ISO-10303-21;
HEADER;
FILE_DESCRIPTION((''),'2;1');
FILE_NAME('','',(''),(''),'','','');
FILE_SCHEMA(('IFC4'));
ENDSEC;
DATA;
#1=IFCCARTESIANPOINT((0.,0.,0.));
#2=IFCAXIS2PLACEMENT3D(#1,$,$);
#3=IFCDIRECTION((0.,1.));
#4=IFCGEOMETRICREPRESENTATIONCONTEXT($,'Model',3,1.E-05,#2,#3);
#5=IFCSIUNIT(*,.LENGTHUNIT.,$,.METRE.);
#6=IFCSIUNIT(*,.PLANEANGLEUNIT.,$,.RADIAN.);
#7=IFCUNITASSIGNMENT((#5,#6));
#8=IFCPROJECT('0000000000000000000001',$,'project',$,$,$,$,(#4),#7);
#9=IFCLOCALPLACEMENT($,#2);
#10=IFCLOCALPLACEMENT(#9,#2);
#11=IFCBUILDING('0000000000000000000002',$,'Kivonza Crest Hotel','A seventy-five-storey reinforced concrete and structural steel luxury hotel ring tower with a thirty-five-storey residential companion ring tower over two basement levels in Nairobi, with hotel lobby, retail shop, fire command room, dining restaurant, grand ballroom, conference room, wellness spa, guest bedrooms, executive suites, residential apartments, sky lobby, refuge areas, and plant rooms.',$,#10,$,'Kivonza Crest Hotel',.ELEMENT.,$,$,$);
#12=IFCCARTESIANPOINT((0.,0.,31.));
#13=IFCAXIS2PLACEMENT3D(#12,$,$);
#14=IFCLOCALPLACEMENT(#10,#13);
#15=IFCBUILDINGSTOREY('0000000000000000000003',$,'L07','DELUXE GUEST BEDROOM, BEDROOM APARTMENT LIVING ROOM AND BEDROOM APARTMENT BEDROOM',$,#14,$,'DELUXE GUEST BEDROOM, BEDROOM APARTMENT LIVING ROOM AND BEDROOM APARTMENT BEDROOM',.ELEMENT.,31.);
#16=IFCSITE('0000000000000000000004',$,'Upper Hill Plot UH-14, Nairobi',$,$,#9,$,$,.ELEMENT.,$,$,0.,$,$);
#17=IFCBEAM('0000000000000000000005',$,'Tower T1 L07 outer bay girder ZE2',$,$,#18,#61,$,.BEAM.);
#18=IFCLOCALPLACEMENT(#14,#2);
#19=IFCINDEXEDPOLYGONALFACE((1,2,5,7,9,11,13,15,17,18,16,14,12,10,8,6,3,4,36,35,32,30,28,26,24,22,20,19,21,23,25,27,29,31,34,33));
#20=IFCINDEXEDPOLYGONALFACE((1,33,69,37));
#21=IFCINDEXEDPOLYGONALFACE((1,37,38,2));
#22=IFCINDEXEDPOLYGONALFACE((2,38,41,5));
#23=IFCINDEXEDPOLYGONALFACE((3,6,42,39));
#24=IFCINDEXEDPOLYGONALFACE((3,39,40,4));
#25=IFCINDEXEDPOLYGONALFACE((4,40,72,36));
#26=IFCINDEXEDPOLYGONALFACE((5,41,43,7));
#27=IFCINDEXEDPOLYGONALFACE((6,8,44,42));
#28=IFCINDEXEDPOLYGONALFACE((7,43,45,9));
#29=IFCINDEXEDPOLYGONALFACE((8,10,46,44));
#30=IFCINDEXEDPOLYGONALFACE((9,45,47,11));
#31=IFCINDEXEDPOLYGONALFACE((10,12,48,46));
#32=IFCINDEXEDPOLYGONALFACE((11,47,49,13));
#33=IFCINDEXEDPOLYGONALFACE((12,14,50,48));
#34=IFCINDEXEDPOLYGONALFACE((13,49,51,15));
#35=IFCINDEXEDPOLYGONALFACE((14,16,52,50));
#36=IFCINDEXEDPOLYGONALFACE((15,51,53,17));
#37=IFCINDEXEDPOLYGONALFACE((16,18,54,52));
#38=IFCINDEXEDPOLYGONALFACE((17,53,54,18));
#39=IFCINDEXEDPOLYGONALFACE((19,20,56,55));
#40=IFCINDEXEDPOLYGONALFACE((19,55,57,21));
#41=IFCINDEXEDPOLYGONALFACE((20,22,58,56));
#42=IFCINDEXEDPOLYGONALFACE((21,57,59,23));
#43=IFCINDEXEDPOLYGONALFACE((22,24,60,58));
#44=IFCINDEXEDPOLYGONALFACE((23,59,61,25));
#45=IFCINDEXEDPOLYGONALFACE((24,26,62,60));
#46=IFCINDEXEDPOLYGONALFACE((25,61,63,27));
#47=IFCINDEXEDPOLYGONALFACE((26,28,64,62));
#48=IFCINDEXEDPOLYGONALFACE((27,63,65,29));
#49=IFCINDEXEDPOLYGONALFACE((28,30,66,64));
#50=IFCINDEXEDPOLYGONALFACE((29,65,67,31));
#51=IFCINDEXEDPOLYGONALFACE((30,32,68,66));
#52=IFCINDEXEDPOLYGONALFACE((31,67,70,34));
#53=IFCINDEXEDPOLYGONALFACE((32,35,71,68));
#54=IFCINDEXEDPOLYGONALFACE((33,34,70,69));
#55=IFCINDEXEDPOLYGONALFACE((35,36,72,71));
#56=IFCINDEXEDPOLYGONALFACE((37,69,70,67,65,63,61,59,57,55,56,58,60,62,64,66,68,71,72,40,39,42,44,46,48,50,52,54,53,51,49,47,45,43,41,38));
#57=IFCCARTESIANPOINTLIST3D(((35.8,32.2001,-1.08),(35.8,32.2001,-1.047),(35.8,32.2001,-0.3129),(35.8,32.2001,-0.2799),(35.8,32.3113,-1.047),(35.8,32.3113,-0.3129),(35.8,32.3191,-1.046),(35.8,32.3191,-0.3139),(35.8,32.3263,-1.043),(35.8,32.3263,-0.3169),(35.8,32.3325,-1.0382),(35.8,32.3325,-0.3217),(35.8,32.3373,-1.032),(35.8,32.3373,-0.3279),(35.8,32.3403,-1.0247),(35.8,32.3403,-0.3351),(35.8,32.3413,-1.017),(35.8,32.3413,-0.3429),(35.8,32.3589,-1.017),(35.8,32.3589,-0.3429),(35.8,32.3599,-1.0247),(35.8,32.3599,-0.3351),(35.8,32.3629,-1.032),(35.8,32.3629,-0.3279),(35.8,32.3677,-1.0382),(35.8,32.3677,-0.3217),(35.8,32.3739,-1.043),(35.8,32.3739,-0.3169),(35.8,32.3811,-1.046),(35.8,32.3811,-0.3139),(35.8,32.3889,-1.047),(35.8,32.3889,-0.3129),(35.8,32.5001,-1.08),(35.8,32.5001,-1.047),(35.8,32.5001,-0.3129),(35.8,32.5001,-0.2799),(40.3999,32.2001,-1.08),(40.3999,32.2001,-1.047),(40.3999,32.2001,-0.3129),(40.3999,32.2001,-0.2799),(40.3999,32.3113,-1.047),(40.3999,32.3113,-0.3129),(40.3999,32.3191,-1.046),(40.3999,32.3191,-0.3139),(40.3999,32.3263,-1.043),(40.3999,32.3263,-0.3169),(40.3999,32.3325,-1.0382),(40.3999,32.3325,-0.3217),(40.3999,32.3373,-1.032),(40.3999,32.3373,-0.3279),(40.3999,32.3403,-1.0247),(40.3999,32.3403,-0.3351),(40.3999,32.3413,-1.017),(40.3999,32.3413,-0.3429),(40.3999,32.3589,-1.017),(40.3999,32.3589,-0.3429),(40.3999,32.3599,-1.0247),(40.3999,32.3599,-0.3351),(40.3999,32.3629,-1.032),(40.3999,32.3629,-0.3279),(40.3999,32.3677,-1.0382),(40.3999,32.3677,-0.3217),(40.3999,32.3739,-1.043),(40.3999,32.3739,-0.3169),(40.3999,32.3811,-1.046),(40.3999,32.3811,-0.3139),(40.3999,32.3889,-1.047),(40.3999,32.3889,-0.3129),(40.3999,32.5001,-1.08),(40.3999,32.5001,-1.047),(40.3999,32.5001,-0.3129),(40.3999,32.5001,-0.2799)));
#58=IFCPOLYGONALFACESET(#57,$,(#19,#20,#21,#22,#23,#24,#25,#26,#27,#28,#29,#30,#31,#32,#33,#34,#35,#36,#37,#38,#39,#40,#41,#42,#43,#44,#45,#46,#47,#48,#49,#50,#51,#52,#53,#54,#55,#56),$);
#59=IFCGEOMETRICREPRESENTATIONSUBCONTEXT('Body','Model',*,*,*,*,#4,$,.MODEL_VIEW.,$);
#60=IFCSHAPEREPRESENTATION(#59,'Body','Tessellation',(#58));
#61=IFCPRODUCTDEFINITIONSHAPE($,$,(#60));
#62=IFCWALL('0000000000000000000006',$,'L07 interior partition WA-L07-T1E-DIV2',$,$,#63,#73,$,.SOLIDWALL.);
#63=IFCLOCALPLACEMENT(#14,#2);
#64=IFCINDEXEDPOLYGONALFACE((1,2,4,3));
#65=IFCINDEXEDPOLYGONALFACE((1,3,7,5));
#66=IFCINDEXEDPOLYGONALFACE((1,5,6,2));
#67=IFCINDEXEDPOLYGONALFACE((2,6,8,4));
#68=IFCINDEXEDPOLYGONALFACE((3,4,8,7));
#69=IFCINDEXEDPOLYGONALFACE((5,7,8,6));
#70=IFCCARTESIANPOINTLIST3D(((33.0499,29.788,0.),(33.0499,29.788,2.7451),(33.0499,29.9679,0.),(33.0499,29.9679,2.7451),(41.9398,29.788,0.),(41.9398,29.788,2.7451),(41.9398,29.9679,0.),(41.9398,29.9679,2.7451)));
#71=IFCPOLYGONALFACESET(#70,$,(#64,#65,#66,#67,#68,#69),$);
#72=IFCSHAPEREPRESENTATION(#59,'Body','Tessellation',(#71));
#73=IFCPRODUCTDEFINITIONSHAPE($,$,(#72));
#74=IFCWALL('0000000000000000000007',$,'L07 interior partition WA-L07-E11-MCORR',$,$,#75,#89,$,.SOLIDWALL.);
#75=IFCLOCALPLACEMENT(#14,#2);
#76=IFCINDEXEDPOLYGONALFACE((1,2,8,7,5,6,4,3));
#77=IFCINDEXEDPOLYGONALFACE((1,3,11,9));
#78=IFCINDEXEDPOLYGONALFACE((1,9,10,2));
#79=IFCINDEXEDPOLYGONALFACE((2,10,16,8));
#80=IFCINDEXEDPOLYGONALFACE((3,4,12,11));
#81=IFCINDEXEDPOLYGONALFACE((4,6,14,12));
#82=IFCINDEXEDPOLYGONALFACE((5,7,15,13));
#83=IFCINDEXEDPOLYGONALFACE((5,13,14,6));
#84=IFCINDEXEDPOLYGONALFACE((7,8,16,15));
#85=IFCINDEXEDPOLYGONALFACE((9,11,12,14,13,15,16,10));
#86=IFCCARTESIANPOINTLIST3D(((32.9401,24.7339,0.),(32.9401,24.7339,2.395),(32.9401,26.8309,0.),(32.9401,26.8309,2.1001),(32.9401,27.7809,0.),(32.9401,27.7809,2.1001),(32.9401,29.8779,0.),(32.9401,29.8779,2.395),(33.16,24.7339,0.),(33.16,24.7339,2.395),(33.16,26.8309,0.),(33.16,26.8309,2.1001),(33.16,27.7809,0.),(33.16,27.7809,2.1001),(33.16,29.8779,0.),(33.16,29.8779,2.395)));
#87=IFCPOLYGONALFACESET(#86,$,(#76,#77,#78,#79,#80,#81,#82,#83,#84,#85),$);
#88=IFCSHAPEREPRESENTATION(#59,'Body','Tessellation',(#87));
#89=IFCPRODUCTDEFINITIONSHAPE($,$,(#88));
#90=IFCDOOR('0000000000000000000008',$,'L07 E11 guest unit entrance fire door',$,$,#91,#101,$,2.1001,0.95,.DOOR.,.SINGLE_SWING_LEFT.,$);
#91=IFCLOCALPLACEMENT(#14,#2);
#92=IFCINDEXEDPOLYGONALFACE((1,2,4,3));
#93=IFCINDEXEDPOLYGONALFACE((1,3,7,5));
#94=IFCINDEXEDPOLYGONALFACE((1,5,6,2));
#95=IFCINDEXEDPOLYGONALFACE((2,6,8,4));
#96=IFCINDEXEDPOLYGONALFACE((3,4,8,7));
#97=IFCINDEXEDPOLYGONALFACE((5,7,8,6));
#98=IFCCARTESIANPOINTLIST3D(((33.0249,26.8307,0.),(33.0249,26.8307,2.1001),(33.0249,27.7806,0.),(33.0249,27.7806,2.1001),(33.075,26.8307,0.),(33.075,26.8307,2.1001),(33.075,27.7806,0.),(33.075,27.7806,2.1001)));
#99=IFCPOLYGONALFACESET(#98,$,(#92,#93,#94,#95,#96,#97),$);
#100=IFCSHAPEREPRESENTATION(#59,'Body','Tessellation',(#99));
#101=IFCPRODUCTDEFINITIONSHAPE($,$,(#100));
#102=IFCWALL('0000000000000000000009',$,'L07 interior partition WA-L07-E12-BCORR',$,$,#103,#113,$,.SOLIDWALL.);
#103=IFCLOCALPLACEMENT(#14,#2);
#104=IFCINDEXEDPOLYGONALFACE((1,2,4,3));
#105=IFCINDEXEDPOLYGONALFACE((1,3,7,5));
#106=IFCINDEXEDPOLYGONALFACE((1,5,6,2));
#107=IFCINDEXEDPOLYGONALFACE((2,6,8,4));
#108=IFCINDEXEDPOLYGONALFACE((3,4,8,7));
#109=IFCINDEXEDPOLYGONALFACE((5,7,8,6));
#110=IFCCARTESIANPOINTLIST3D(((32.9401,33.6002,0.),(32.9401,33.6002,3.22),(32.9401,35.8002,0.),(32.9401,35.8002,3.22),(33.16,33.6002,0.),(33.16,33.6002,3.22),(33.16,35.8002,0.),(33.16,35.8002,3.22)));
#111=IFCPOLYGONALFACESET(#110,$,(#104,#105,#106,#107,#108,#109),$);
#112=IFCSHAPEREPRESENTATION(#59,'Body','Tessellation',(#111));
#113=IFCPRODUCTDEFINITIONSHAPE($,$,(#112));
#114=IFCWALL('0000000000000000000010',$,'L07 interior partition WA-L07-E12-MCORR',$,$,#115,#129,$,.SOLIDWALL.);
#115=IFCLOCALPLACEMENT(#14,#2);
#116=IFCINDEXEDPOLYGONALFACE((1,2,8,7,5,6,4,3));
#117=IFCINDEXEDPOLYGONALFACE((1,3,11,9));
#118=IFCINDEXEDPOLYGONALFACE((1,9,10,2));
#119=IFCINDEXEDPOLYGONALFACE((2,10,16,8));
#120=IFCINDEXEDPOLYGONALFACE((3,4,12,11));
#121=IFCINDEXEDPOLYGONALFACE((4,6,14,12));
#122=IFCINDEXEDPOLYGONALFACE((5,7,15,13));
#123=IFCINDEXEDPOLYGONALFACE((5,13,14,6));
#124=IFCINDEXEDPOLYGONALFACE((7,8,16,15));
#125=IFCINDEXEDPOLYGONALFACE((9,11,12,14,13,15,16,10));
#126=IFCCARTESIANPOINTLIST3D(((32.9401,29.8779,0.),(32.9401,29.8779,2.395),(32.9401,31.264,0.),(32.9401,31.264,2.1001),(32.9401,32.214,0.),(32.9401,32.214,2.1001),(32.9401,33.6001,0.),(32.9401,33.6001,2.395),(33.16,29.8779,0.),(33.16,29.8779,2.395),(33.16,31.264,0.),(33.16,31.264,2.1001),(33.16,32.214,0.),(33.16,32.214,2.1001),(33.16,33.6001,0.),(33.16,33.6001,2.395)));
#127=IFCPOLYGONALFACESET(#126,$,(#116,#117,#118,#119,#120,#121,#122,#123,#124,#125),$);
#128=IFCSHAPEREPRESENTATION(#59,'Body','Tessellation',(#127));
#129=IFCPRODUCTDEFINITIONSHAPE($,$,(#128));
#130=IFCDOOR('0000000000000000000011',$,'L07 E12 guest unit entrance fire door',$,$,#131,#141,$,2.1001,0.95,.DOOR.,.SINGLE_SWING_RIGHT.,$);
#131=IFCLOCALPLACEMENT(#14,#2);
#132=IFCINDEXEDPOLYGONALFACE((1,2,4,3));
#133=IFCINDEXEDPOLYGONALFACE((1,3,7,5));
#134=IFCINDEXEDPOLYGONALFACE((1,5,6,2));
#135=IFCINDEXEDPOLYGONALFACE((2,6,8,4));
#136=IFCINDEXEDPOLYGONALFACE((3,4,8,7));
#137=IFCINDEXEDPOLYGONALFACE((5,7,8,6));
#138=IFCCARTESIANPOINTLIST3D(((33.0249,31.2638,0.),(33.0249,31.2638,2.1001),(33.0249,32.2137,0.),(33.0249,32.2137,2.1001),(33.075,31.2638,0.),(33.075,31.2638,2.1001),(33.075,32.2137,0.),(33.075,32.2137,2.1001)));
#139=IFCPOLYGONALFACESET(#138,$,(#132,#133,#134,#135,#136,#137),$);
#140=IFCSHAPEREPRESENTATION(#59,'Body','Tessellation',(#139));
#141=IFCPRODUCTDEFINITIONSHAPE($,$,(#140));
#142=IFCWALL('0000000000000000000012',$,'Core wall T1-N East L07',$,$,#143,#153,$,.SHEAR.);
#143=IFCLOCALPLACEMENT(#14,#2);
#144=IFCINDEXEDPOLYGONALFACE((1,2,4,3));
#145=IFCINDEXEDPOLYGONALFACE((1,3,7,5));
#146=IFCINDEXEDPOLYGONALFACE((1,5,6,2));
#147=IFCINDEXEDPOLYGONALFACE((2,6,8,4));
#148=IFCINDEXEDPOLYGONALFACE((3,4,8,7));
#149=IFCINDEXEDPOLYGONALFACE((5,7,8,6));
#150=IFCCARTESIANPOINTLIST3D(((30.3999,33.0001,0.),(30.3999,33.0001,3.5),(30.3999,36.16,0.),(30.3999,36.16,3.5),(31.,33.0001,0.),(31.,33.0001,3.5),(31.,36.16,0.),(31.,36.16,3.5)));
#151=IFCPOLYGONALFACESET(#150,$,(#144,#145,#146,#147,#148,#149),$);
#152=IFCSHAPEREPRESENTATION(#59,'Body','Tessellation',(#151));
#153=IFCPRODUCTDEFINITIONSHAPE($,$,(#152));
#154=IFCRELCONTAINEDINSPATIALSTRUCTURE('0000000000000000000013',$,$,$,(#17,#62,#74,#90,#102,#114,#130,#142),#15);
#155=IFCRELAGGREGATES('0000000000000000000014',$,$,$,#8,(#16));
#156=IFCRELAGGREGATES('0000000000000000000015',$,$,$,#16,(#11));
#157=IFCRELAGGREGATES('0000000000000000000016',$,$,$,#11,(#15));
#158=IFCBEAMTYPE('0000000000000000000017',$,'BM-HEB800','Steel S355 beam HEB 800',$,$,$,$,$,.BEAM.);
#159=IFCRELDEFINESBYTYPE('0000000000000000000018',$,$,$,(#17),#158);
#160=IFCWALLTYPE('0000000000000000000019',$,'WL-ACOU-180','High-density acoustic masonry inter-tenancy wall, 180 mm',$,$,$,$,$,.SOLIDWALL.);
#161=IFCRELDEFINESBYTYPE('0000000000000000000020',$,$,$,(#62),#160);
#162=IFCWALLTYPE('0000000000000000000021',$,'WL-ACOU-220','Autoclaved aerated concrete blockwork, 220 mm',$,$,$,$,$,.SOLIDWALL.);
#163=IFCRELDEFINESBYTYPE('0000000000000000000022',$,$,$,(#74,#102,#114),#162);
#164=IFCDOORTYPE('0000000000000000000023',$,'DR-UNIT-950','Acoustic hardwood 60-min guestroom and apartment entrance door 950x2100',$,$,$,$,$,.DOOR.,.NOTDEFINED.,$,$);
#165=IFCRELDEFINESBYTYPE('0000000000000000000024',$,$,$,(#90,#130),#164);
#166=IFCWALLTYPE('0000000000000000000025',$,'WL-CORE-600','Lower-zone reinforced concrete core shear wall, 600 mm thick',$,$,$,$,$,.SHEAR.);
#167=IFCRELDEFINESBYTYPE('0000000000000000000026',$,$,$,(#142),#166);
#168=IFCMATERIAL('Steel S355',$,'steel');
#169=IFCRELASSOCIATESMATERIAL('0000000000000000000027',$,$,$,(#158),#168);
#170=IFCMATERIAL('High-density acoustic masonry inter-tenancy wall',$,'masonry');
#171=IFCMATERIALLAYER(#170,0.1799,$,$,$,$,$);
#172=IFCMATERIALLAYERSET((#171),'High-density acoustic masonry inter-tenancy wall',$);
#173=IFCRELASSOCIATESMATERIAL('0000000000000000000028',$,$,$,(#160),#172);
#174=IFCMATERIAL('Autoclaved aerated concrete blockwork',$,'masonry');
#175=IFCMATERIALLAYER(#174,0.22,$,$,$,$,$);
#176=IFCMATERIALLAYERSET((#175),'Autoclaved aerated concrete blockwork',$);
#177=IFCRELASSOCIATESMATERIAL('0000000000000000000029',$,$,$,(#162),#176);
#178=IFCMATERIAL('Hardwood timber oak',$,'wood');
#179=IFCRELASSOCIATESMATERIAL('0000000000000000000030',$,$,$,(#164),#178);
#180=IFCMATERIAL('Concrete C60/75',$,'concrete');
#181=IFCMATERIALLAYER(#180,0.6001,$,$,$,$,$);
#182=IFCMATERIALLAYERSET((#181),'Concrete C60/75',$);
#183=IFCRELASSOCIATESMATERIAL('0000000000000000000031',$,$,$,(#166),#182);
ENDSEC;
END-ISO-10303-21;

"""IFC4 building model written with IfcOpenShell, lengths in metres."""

from ifc_helpers import new_model, si_unit, direction, frame, frame_2d, origin, origin_2d, place, context, subcontext, project, spatial, rectangle, i_section, extrude, material, layer, layer_set, material_profile, profile_set, type_object, element, fill, save


model = new_model("IFC4")

# Units and contexts
model_context = context("Model", 3, precision=1e-05, world=origin(), true_north=direction((0.0, 1.0)))
body_context = subcontext(model_context, "Body", "Model", "MODEL_VIEW")
ifc_project = project(units=[si_unit("LENGTHUNIT", "METRE"), si_unit("PLANEANGLEUNIT", "RADIAN")], contexts=[model_context])

# Site, building, storey
site_placement = place(None, origin())
site = spatial("IfcSite", under=ifc_project, at=site_placement, Name="Upper Hill Plot UH-14, Nairobi", CompositionType="ELEMENT", RefElevation=0.0)
building_placement = place(site_placement, origin())
building = spatial("IfcBuilding", under=site, at=building_placement, Name="Kivonza Crest Hotel", Description="A seventy-five-storey reinforced concrete and structural steel luxury hotel ring tower with a thirty-five-storey residential companion ring tower over two basement levels in Nairobi, with hotel lobby, retail shop, fire command room, dining restaurant, grand ballroom, conference room, wellness spa, guest bedrooms, executive suites, residential apartments, sky lobby, refuge areas, and plant rooms.", LongName="Kivonza Crest Hotel", CompositionType="ELEMENT")
storey_placement = place(building_placement, frame((0.0, 0.0, 31.0)))
storey = spatial("IfcBuildingStorey", under=building, at=storey_placement, Name="L07", Description="DELUXE GUEST BEDROOM, BEDROOM APARTMENT LIVING ROOM AND BEDROOM APARTMENT BEDROOM", LongName="DELUXE GUEST BEDROOM, BEDROOM APARTMENT LIVING ROOM AND BEDROOM APARTMENT BEDROOM", CompositionType="ELEMENT", Elevation=31.0)

# Shared definitions
ifc_material_1 = material(Name="Concrete C60/75", Category="concrete")

# Beam
ifc_material_2 = material(Name="Steel S355", Category="steel")
ifc_material_profile_1 = material_profile(ifc_material_2, i_section(OverallWidth=0.3, OverallDepth=0.8, WebThickness=0.0176, FlangeThickness=0.033, FilletRadius=0.03, at=origin_2d()), Name="HEB 800")
ifc_profile_set_1 = profile_set([ifc_material_profile_1], Name="Steel S355")
beam_type_1 = type_object("IfcBeamType", Name="BM-HEB800", Description="Steel S355 beam HEB 800", PredefinedType="BEAM", material=ifc_profile_set_1)
beam_1_placement = place(storey_placement, frame((40.3999, 32.3501, -0.6799), z_axis=(-1.0, 0.0, 0.0), x_axis=(0.0, -1.0, 0.0)))
element("IfcBeam", 1, at=beam_1_placement, inside=storey, type_object=beam_type_1, Name="Tower T1 L07 outer bay girder ZE2", PredefinedType="BEAM", context=body_context, shape_type="SweptSolid", body=[
    extrude(i_section(OverallWidth=0.3, OverallDepth=0.8, WebThickness=0.0176, FlangeThickness=0.033, FilletRadius=0.03, at=origin_2d()), origin(), (0.0, 0.0, 1.0), 4.5999),
])

# Wall
ifc_material_3 = material(Name="High-density acoustic masonry inter-tenancy wall", Category="masonry")
ifc_layer_1 = layer(ifc_material_3, 0.1799)
ifc_layer_set_1 = layer_set([ifc_layer_1], Name="High-density acoustic masonry inter-tenancy wall")
wall_type_1 = type_object("IfcWallType", Name="WL-ACOU-180", Description="High-density acoustic masonry inter-tenancy wall, 180 mm", PredefinedType="SOLIDWALL", material=ifc_layer_set_1)
wall_1_placement = place(storey_placement, frame((33.05, 29.8779, 0.0), z_axis=(0.0, 0.0, 1.0), x_axis=(1.0, 0.0, 0.0)))
element("IfcWall", 2, at=wall_1_placement, inside=storey, type_object=wall_type_1, Name="L07 interior partition WA-L07-T1E-DIV2", PredefinedType="SOLIDWALL", context=body_context, shape_type="SweptSolid", body=[
    extrude(rectangle(XDim=8.8899, YDim=0.1799, at=frame_2d((4.4448, 0.0))), origin(), (0.0, 0.0, 1.0), 2.7451),
])

# Wall, opening, door
ifc_material_4 = material(Name="Autoclaved aerated concrete blockwork", Category="masonry")
ifc_layer_2 = layer(ifc_material_4, 0.22)
ifc_layer_set_2 = layer_set([ifc_layer_2], Name="Autoclaved aerated concrete blockwork")
wall_type_2 = type_object("IfcWallType", Name="WL-ACOU-220", Description="Autoclaved aerated concrete blockwork, 220 mm", PredefinedType="SOLIDWALL", material=ifc_layer_set_2)
wall_2_placement = place(storey_placement, frame((33.05, 24.7339, 0.0), z_axis=(0.0, 0.0, 1.0), x_axis=(0.0, 1.0, 0.0)))
wall_2 = element("IfcWall", 3, at=wall_2_placement, inside=storey, type_object=wall_type_2, Name="L07 interior partition WA-L07-E11-MCORR", PredefinedType="SOLIDWALL", context=body_context, shape_type="SweptSolid", body=[
    extrude(rectangle(XDim=5.144, YDim=0.22, at=frame_2d((2.572, 0.0))), origin(), (0.0, 0.0, 1.0), 2.395),
])
opening_1_placement = place(wall_2_placement, frame((2.0969, 0.0, 0.0)))
opening_1 = element("IfcOpeningElement", 4, at=opening_1_placement, cuts=wall_2, PredefinedType="OPENING", context=body_context, shape_type="SweptSolid", body=[
    extrude(rectangle(XDim=0.95, YDim=2.1001, at=frame_2d((0.4751, 1.05))), frame((0.0, 0.1201, 0.0), z_axis=(0.0, -1.0, 0.0), x_axis=(1.0, 0.0, 0.0)), (0.0, 0.0, 1.0), 0.24),
])
ifc_material_5 = material(Name="Hardwood timber oak", Category="wood")
door_type_1 = type_object("IfcDoorType", Name="DR-UNIT-950", Description="Acoustic hardwood 60-min guestroom and apartment entrance door 950x2100", OperationType="NOTDEFINED", PredefinedType="DOOR", material=ifc_material_5)
door_1_placement = place(opening_1_placement, frame((0.95, 0.0, 0.0), z_axis=(0.0, 0.0, 1.0), x_axis=(-1.0, 0.0, 0.0)))
door_1 = element("IfcDoor", 5, at=door_1_placement, inside=storey, type_object=door_type_1, Name="L07 E11 guest unit entrance fire door", OperationType="SINGLE_SWING_LEFT", OverallHeight=2.1001, OverallWidth=0.95, PredefinedType="DOOR", context=body_context, shape_type="SweptSolid", body=[
    extrude(rectangle(XDim=0.95, YDim=2.1001, at=frame_2d((0.4751, 1.05))), frame((0.0, 0.0249, 0.0), z_axis=(0.0, -1.0, 0.0), x_axis=(1.0, 0.0, 0.0)), (0.0, 0.0, 1.0), 0.05),
])
fill(opening_1, door_1)

# Wall
wall_3_placement = place(storey_placement, frame((33.05, 33.6001, 0.0), z_axis=(0.0, 0.0, 1.0), x_axis=(0.0, 1.0, 0.0)))
element("IfcWall", 6, at=wall_3_placement, inside=storey, type_object=wall_type_2, Name="L07 interior partition WA-L07-E12-BCORR", PredefinedType="SOLIDWALL", context=body_context, shape_type="SweptSolid", body=[
    extrude(rectangle(XDim=2.2, YDim=0.22, at=frame_2d((1.1001, 0.0))), origin(), (0.0, 0.0, 1.0), 3.22),
])

# Wall, opening, door
wall_4_placement = place(storey_placement, frame((33.05, 29.8779, 0.0), z_axis=(0.0, 0.0, 1.0), x_axis=(0.0, 1.0, 0.0)))
wall_4 = element("IfcWall", 7, at=wall_4_placement, inside=storey, type_object=wall_type_2, Name="L07 interior partition WA-L07-E12-MCORR", PredefinedType="SOLIDWALL", context=body_context, shape_type="SweptSolid", body=[
    extrude(rectangle(XDim=3.7222, YDim=0.22, at=frame_2d((1.8611, 0.0))), origin(), (0.0, 0.0, 1.0), 2.395),
])
opening_2_placement = place(wall_4_placement, frame((1.386, 0.0, 0.0)))
opening_2 = element("IfcOpeningElement", 8, at=opening_2_placement, cuts=wall_4, PredefinedType="OPENING", context=body_context, shape_type="SweptSolid", body=[
    extrude(rectangle(XDim=0.95, YDim=2.1001, at=frame_2d((0.4751, 1.05))), frame((0.0, 0.1201, 0.0), z_axis=(0.0, -1.0, 0.0), x_axis=(1.0, 0.0, 0.0)), (0.0, 0.0, 1.0), 0.24),
])
door_2_placement = place(opening_2_placement, frame((0.95, 0.0, 0.0), z_axis=(0.0, 0.0, 1.0), x_axis=(-1.0, 0.0, 0.0)))
door_2 = element("IfcDoor", 9, at=door_2_placement, inside=storey, type_object=door_type_1, Name="L07 E12 guest unit entrance fire door", OperationType="SINGLE_SWING_RIGHT", OverallHeight=2.1001, OverallWidth=0.95, PredefinedType="DOOR", context=body_context, shape_type="SweptSolid", body=[
    extrude(rectangle(XDim=0.95, YDim=2.1001, at=frame_2d((0.4751, 1.05))), frame((0.0, 0.0249, 0.0), z_axis=(0.0, -1.0, 0.0), x_axis=(1.0, 0.0, 0.0)), (0.0, 0.0, 1.0), 0.05),
])
fill(opening_2, door_2)

# Wall
ifc_layer_3 = layer(ifc_material_1, 0.6001)
ifc_layer_set_3 = layer_set([ifc_layer_3], Name="Concrete C60/75")
wall_type_3 = type_object("IfcWallType", Name="WL-CORE-600", Description="Lower-zone reinforced concrete core shear wall, 600 mm thick", PredefinedType="SHEAR", material=ifc_layer_set_3)
wall_5_placement = place(storey_placement, frame((30.7, 33.0, 0.0), z_axis=(0.0, 0.0, 1.0), x_axis=(0.0, 1.0, 0.0)))
element("IfcWall", 10, at=wall_5_placement, inside=storey, type_object=wall_type_3, Name="Core wall T1-N East L07", PredefinedType="SHEAR", context=body_context, shape_type="SweptSolid", body=[
    extrude(rectangle(XDim=3.1599, YDim=0.6001, at=frame_2d((1.5801, 0.0))), origin(), (0.0, 0.0, 1.0), 3.5),
])

save(model, "model.ifc")
